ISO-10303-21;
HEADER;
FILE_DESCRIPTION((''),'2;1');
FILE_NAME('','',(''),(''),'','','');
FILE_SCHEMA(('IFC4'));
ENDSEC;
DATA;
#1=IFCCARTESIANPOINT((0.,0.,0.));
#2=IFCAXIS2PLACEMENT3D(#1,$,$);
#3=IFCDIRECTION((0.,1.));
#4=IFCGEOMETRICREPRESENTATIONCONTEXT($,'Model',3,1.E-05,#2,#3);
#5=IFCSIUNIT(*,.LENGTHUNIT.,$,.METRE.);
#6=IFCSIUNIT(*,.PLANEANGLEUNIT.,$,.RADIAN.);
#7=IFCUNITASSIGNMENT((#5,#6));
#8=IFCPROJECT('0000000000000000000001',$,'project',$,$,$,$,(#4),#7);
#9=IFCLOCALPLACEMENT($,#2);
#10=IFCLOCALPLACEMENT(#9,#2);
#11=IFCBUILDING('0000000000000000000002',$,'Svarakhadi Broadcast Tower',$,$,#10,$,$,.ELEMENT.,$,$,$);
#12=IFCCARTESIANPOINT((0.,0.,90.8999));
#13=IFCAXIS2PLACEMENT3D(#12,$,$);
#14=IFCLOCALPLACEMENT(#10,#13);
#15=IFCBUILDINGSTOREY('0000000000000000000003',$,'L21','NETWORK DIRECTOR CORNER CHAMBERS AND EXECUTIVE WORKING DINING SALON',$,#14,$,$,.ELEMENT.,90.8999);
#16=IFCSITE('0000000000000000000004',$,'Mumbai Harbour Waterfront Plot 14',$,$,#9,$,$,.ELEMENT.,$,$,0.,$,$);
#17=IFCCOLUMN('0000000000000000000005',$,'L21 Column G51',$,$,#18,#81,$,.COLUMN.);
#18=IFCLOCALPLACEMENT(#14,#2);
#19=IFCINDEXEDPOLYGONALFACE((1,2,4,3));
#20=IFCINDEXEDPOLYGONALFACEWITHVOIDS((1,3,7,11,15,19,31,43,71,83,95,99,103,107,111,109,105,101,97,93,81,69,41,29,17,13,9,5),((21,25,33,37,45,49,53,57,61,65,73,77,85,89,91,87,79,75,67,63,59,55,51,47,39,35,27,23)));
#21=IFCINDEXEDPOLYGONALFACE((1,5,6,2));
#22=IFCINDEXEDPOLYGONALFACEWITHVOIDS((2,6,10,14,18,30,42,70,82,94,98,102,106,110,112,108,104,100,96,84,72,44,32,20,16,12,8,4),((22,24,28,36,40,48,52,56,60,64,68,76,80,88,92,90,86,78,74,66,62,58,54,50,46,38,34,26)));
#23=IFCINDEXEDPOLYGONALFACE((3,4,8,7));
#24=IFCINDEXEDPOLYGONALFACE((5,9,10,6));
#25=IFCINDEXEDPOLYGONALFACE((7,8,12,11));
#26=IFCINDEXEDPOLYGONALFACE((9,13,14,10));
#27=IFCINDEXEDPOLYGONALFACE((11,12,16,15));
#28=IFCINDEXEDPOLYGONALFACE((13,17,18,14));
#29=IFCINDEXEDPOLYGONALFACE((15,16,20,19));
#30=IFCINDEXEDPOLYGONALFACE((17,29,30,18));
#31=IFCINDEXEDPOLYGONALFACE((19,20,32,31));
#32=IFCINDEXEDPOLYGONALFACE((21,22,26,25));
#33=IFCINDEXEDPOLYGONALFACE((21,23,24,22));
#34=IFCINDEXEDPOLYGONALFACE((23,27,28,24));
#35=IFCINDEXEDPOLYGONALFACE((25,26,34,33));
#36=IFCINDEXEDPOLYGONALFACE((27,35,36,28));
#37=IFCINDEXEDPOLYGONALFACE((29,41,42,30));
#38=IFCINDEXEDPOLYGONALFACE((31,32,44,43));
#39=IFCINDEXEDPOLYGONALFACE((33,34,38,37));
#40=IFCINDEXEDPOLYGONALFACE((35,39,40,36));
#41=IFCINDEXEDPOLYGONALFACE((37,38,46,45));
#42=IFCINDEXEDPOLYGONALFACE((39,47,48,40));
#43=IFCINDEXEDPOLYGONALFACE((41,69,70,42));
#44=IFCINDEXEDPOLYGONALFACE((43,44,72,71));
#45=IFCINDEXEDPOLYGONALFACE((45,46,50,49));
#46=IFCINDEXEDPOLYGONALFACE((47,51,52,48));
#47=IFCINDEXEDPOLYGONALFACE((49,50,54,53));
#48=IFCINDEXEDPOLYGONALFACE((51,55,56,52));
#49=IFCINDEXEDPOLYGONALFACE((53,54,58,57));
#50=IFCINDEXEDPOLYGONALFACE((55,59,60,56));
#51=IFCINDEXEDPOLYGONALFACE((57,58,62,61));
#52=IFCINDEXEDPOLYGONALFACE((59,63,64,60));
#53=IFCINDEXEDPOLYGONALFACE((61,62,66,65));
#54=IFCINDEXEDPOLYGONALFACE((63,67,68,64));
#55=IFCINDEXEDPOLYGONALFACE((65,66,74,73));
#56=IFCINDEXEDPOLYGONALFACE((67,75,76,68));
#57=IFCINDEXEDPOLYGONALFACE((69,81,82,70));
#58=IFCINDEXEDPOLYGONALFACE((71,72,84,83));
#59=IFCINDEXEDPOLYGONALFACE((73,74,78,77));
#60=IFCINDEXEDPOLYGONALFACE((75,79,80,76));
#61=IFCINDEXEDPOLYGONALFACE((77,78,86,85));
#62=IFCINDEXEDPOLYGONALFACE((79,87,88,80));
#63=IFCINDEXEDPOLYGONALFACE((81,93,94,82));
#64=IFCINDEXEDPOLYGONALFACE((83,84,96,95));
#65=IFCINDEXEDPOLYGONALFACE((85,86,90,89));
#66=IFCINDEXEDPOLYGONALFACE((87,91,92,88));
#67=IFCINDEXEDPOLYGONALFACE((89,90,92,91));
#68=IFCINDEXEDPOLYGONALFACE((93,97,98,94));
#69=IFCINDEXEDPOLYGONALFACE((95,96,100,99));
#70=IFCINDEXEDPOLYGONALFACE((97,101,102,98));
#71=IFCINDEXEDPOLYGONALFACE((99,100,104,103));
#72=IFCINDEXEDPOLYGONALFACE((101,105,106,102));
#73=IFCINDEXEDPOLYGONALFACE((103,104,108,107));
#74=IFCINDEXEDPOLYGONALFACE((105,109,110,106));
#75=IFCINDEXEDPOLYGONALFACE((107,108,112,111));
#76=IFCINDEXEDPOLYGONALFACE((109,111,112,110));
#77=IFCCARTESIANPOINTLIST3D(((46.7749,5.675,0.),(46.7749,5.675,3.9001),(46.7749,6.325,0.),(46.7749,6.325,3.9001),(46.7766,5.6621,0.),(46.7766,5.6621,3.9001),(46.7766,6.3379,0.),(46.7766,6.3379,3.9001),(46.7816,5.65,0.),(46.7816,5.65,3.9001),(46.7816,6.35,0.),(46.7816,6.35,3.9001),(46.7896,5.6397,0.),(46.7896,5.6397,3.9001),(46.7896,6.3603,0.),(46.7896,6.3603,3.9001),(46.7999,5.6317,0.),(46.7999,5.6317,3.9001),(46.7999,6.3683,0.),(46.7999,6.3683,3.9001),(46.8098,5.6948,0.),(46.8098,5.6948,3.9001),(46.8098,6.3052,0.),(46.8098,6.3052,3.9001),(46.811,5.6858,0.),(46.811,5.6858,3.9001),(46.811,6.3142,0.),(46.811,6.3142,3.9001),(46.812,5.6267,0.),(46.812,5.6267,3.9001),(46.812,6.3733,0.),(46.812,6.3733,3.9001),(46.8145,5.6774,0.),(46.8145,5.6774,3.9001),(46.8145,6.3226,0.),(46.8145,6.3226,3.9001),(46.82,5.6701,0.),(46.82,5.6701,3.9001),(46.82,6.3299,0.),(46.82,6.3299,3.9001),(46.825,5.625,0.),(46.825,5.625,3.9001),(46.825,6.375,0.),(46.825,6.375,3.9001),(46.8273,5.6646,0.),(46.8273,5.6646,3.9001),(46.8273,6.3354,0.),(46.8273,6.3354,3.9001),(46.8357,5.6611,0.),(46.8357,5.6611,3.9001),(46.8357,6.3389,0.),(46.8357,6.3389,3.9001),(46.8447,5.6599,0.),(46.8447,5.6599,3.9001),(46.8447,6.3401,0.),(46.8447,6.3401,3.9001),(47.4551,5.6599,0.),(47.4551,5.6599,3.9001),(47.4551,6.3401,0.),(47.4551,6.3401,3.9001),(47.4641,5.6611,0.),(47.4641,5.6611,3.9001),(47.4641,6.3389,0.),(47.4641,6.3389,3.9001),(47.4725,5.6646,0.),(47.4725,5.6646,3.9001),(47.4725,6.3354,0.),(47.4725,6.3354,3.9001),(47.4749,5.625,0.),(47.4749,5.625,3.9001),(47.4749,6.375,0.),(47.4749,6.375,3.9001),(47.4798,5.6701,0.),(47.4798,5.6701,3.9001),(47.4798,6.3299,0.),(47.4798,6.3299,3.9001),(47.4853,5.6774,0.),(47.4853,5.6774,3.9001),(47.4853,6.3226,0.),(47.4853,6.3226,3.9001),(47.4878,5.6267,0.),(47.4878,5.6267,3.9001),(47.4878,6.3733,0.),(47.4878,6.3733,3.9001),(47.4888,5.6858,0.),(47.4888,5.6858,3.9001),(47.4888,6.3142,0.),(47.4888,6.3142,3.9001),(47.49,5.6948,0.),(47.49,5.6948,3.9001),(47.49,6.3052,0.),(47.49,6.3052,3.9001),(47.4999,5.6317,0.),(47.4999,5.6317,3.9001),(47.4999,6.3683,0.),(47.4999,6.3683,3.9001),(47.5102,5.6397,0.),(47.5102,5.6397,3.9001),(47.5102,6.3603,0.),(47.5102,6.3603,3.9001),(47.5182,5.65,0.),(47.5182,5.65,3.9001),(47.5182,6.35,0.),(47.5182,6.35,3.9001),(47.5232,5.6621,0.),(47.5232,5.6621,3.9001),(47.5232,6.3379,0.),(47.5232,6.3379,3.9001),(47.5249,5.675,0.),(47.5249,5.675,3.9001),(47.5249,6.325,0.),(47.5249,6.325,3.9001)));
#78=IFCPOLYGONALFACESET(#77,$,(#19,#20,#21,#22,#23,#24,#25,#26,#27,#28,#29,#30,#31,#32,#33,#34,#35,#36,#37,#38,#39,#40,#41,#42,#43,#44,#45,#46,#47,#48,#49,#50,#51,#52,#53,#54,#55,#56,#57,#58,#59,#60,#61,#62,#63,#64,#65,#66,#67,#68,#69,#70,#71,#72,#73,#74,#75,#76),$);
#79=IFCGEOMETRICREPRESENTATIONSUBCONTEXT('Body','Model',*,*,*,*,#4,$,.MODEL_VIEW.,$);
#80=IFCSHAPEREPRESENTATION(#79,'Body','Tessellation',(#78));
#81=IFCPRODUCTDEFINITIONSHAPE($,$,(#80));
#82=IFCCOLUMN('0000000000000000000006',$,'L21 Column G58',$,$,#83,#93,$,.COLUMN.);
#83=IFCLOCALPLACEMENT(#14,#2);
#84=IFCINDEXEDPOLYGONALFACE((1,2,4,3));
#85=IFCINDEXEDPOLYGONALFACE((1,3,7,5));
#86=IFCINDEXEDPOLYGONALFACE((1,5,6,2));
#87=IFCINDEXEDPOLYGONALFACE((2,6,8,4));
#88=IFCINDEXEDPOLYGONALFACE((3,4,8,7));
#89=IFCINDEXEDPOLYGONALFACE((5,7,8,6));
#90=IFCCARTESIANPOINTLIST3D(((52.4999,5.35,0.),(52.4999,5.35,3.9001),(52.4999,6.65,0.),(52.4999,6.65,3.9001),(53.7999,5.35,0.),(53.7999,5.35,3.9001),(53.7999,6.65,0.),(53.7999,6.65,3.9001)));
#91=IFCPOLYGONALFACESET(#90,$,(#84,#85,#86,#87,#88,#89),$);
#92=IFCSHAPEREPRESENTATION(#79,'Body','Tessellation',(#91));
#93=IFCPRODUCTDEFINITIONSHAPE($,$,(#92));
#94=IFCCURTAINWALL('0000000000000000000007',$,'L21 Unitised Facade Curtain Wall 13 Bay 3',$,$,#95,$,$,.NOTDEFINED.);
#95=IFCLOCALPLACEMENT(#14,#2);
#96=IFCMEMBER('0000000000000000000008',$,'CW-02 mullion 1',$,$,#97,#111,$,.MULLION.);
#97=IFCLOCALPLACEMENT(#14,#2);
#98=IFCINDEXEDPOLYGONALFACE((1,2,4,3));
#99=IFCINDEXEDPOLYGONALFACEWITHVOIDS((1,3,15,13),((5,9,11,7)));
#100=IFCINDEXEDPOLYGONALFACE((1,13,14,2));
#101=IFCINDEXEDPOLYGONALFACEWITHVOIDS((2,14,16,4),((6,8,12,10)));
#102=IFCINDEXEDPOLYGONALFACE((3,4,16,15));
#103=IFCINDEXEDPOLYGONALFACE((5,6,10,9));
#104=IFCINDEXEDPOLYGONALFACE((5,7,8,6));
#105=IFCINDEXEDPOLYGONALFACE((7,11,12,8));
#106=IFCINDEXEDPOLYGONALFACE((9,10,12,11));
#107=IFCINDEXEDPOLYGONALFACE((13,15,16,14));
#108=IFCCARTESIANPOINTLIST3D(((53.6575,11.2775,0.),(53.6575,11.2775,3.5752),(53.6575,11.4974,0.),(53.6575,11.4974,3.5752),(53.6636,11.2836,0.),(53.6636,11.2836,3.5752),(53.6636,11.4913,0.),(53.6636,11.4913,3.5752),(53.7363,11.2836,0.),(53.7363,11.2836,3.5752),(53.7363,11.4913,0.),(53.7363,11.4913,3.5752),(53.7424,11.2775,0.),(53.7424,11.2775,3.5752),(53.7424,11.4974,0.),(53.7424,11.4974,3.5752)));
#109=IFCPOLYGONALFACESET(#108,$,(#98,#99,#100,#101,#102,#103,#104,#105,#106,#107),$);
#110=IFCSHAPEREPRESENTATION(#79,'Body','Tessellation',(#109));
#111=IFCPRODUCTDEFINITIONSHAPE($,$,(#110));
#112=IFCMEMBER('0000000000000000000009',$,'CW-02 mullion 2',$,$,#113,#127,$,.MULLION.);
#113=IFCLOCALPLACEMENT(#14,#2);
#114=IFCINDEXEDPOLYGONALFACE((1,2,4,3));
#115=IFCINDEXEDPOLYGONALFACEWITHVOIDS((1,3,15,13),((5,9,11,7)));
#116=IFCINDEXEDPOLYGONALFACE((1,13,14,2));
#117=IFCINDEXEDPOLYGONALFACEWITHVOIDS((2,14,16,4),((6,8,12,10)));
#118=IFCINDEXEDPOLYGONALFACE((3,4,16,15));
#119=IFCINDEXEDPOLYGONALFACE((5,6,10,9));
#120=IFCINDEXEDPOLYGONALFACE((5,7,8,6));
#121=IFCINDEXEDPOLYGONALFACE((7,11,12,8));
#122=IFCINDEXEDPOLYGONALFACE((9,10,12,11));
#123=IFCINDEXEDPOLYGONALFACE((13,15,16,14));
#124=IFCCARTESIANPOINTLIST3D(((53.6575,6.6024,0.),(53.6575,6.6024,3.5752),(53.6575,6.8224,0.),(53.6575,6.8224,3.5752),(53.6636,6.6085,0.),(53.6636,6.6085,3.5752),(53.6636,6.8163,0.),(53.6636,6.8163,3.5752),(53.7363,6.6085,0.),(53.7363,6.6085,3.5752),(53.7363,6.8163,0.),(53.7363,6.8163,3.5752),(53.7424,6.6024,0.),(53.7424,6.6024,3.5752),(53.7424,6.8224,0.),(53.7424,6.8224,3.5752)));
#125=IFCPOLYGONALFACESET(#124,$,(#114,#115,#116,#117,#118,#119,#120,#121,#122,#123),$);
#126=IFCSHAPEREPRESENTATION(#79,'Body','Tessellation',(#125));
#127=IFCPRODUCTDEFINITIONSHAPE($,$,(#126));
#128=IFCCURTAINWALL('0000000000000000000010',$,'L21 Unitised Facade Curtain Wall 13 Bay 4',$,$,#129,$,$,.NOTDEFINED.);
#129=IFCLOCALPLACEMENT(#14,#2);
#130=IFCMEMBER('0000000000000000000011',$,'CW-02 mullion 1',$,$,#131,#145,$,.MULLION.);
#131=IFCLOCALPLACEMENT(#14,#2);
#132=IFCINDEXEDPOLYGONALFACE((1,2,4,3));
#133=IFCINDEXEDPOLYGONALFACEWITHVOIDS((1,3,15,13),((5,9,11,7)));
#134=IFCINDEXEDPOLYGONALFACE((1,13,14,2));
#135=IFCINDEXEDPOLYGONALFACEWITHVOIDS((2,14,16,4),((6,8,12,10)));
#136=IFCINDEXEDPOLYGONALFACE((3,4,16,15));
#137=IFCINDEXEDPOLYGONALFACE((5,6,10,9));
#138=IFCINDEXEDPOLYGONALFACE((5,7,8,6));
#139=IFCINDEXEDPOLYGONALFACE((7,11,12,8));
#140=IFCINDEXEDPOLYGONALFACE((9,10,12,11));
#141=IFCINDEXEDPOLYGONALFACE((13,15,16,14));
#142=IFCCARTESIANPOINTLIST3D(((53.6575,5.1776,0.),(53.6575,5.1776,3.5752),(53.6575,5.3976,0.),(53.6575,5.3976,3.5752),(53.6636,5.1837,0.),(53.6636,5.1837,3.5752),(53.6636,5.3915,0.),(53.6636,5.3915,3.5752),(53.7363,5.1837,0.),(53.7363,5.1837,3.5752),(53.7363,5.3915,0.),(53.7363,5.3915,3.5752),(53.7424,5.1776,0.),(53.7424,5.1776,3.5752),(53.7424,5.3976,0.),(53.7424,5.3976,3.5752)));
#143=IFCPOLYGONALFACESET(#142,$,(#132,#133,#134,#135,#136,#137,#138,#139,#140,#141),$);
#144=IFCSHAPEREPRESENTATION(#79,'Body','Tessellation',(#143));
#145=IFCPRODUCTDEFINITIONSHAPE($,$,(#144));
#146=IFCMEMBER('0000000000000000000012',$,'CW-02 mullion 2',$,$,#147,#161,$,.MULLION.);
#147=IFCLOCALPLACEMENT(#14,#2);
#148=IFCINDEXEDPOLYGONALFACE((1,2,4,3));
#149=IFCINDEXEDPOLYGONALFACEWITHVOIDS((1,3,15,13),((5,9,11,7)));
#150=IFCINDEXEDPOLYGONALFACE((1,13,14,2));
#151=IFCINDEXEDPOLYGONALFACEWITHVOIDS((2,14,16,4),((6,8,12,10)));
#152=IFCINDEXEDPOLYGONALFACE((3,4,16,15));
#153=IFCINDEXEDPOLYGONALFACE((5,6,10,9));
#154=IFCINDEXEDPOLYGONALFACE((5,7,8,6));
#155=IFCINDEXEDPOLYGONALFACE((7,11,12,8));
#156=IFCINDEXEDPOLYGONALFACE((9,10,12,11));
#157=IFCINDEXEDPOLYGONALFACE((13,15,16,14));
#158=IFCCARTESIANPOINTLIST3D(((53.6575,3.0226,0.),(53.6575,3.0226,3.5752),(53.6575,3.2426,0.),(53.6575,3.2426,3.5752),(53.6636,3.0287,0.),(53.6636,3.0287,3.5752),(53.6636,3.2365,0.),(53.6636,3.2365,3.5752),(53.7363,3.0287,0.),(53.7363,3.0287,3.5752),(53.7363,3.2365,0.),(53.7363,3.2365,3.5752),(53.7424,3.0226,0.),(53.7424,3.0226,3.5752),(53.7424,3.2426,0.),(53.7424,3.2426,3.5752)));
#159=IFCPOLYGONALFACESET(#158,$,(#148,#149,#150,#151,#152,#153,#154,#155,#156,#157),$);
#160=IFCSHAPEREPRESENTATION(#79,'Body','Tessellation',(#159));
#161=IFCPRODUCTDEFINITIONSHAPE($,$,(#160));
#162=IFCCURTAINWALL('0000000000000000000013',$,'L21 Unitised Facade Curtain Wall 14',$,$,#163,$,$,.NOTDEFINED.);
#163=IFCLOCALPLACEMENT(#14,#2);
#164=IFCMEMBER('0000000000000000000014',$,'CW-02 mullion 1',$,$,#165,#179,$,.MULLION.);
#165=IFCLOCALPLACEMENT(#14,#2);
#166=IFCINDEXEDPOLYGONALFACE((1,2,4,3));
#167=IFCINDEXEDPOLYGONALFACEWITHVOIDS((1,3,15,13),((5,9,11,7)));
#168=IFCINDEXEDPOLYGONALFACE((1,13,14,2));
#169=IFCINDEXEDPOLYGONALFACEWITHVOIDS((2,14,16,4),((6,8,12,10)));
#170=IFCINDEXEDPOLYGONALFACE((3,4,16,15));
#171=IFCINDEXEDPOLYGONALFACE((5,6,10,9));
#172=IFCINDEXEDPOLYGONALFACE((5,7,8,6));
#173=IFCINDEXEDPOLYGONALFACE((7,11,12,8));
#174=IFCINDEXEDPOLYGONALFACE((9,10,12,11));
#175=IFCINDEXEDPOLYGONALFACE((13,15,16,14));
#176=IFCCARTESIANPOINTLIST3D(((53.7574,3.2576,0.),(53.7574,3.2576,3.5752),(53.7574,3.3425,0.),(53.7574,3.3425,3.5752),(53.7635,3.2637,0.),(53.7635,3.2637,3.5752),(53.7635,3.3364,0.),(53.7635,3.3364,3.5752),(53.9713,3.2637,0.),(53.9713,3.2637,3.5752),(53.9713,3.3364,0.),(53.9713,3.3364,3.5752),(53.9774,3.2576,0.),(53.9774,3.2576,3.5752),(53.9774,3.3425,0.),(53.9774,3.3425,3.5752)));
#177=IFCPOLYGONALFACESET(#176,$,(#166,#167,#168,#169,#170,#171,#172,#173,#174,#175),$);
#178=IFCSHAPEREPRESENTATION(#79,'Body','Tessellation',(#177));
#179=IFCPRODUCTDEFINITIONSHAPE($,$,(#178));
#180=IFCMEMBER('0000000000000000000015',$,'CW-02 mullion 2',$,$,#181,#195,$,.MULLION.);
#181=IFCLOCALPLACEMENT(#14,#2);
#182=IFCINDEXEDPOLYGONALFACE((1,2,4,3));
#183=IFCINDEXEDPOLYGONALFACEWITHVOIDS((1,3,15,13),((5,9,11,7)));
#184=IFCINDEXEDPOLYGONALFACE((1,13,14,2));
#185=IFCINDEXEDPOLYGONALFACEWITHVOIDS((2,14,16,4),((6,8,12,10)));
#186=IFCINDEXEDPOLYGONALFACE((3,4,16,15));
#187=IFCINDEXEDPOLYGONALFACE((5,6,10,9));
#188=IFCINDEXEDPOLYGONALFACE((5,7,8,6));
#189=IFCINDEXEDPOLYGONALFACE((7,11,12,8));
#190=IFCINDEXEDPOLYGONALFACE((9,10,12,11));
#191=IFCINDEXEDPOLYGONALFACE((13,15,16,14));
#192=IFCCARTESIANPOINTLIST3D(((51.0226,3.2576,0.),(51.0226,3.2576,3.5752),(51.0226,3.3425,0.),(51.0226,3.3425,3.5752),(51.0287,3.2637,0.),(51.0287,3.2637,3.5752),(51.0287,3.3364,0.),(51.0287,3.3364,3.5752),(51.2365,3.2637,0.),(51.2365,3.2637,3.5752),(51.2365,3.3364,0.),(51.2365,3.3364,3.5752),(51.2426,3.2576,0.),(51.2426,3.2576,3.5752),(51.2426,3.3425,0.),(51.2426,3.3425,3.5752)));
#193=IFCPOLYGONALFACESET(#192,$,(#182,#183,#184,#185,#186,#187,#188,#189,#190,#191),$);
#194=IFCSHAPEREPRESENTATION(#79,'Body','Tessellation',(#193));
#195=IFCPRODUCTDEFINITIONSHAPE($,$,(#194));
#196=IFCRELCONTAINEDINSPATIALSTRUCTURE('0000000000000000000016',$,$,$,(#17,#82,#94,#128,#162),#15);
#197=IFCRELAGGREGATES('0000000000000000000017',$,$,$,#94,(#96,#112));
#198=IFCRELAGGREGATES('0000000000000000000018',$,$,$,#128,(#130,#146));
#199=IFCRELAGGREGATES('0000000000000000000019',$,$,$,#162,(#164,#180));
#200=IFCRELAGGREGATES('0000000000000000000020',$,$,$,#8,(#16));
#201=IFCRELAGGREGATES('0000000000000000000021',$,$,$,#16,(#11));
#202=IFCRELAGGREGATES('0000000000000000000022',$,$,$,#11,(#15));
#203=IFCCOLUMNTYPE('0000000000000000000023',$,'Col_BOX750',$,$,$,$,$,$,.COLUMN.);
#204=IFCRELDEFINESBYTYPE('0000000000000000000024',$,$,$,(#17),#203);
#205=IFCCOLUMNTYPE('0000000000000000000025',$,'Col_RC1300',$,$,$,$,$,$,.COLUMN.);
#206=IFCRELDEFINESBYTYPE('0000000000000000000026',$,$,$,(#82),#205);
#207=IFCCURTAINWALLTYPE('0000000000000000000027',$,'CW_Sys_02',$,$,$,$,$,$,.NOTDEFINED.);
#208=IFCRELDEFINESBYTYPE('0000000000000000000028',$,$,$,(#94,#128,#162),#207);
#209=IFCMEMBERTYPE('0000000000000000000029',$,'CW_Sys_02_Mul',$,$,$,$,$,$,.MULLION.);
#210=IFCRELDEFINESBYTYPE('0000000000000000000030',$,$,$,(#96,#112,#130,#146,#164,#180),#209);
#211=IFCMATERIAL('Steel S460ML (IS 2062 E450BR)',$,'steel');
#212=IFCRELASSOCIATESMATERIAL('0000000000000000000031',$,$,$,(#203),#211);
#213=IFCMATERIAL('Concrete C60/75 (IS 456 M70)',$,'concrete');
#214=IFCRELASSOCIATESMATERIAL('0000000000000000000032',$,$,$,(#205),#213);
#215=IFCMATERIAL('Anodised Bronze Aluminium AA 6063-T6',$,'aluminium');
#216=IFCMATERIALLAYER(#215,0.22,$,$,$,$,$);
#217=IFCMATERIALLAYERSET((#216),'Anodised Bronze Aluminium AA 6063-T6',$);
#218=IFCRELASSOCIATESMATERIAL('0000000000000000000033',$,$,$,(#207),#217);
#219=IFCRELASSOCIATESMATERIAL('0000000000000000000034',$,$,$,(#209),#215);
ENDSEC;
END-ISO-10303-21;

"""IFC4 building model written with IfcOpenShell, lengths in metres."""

from ifc_helpers import new_model, si_unit, direction, frame, origin, origin_2d, place, context, subcontext, project, spatial, rectangle, hollow_rectangle, extrude, material, layer, layer_set, material_profile, profile_set, type_object, element, aggregate, save


model = new_model("IFC4")

# Units and contexts
model_context = context("Model", 3, precision=1e-05, world=origin(), true_north=direction((0.0, 1.0)))
body_context = subcontext(model_context, "Body", "Model", "MODEL_VIEW")
ifc_project = project(units=[si_unit("LENGTHUNIT", "METRE"), si_unit("PLANEANGLEUNIT", "RADIAN")], contexts=[model_context])

# Site, building, storey
site_placement = place(None, origin())
site = spatial("IfcSite", under=ifc_project, at=site_placement, Name="Mumbai Harbour Waterfront Plot 14", CompositionType="ELEMENT", RefElevation=0.0)
building_placement = place(site_placement, origin())
building = spatial("IfcBuilding", under=site, at=building_placement, Name="Svarakhadi Broadcast Tower", CompositionType="ELEMENT")
storey_placement = place(building_placement, frame((0.0, 0.0, 90.8999)))
storey = spatial("IfcBuildingStorey", under=building, at=storey_placement, Name="L21", Description="NETWORK DIRECTOR CORNER CHAMBERS AND EXECUTIVE WORKING DINING SALON", CompositionType="ELEMENT", Elevation=90.8999)

# Columns
ifc_material_1 = material(Name="Steel S460ML (IS 2062 E450BR)", Category="steel")
ifc_material_profile_1 = material_profile(ifc_material_1, hollow_rectangle(XDim=0.75, YDim=0.75, WallThickness=0.0349, InnerFilletRadius=0.0349, OuterFilletRadius=0.05, at=origin_2d()), Name="BOX 750x750x35")
ifc_profile_set_1 = profile_set([ifc_material_profile_1], Name="Steel S460ML (IS 2062 E450BR)")
column_type_1 = type_object("IfcColumnType", Name="Col_BOX750", PredefinedType="COLUMN", material=ifc_profile_set_1)
column_1_placement = place(storey_placement, frame((47.1499, 6.0, 0.0), z_axis=(0.0, 0.0, 1.0), x_axis=(1.0, 0.0, 0.0)))
element("IfcColumn", 1, at=column_1_placement, inside=storey, type_object=column_type_1, Name="L21 Column G51", PredefinedType="COLUMN", context=body_context, shape_type="SweptSolid", body=[
    extrude(hollow_rectangle(XDim=0.75, YDim=0.75, WallThickness=0.0349, InnerFilletRadius=0.0349, OuterFilletRadius=0.05, at=origin_2d()), origin(), (0.0, 0.0, 1.0), 3.9001),
])
ifc_material_2 = material(Name="Concrete C60/75 (IS 456 M70)", Category="concrete")
ifc_material_profile_2 = material_profile(ifc_material_2, rectangle(XDim=1.3, YDim=1.3, at=origin_2d()), Name="RC 1300x1300")
ifc_profile_set_2 = profile_set([ifc_material_profile_2], Name="Concrete C60/75 (IS 456 M70)")
column_type_2 = type_object("IfcColumnType", Name="Col_RC1300", PredefinedType="COLUMN", material=ifc_profile_set_2)
column_2_placement = place(storey_placement, frame((53.1499, 6.0, 0.0), z_axis=(0.0, 0.0, 1.0), x_axis=(1.0, 0.0, 0.0)))
element("IfcColumn", 2, at=column_2_placement, inside=storey, type_object=column_type_2, Name="L21 Column G58", PredefinedType="COLUMN", context=body_context, shape_type="SweptSolid", body=[
    extrude(rectangle(XDim=1.3, YDim=1.3, at=origin_2d()), origin(), (0.0, 0.0, 1.0), 3.9001),
])

# Curtain walls, members
ifc_material_3 = material(Name="Anodised Bronze Aluminium AA 6063-T6", Category="aluminium")
ifc_layer_1 = layer(ifc_material_3, 0.22)
ifc_layer_set_1 = layer_set([ifc_layer_1], Name="Anodised Bronze Aluminium AA 6063-T6")
curtain_wall_type = type_object("IfcCurtainWallType", Name="CW_Sys_02", PredefinedType="NOTDEFINED", material=ifc_layer_set_1)
curtain_wall_1_placement = place(storey_placement, origin())
curtain_wall_1 = element("IfcCurtainWall", 3, at=curtain_wall_1_placement, inside=storey, type_object=curtain_wall_type, Name="L21 Unitised Facade Curtain Wall 13 Bay 3", PredefinedType="NOTDEFINED")
ifc_material_profile_3 = material_profile(ifc_material_3, hollow_rectangle(XDim=0.085, YDim=0.22, WallThickness=0.0061, at=origin_2d()), Name="ALU MULLION 220x85x6")
ifc_profile_set_3 = profile_set([ifc_material_profile_3], Name="Anodised Bronze Aluminium AA 6063-T6")
member_type_1 = type_object("IfcMemberType", Name="CW_Sys_02_Mul", PredefinedType="MULLION", material=ifc_profile_set_3)
member_1_placement = place(storey_placement, frame((53.7, 11.3875, 0.0), z_axis=(0.0, 0.0, 1.0), x_axis=(1.0, 0.0, 0.0)))
member_1 = element("IfcMember", 4, at=member_1_placement, type_object=member_type_1, Name="CW-02 mullion 1", PredefinedType="MULLION", context=body_context, shape_type="SweptSolid", body=[
    extrude(hollow_rectangle(XDim=0.085, YDim=0.22, WallThickness=0.0061, at=origin_2d()), origin(), (0.0, 0.0, 1.0), 3.5752),
])
member_2_placement = place(storey_placement, frame((53.7, 6.7124, 0.0), z_axis=(0.0, 0.0, 1.0), x_axis=(1.0, 0.0, 0.0)))
member_2 = element("IfcMember", 5, at=member_2_placement, type_object=member_type_1, Name="CW-02 mullion 2", PredefinedType="MULLION", context=body_context, shape_type="SweptSolid", body=[
    extrude(hollow_rectangle(XDim=0.085, YDim=0.22, WallThickness=0.0061, at=origin_2d()), origin(), (0.0, 0.0, 1.0), 3.5752),
])
curtain_wall_2_placement = place(storey_placement, origin())
curtain_wall_2 = element("IfcCurtainWall", 6, at=curtain_wall_2_placement, inside=storey, type_object=curtain_wall_type, Name="L21 Unitised Facade Curtain Wall 13 Bay 4", PredefinedType="NOTDEFINED")
member_3_placement = place(storey_placement, frame((53.7, 5.2876, 0.0), z_axis=(0.0, 0.0, 1.0), x_axis=(1.0, 0.0, 0.0)))
member_3 = element("IfcMember", 7, at=member_3_placement, type_object=member_type_1, Name="CW-02 mullion 1", PredefinedType="MULLION", context=body_context, shape_type="SweptSolid", body=[
    extrude(hollow_rectangle(XDim=0.085, YDim=0.22, WallThickness=0.0061, at=origin_2d()), origin(), (0.0, 0.0, 1.0), 3.5752),
])
member_4_placement = place(storey_placement, frame((53.7, 3.1326, 0.0), z_axis=(0.0, 0.0, 1.0), x_axis=(1.0, 0.0, 0.0)))
member_4 = element("IfcMember", 8, at=member_4_placement, type_object=member_type_1, Name="CW-02 mullion 2", PredefinedType="MULLION", context=body_context, shape_type="SweptSolid", body=[
    extrude(hollow_rectangle(XDim=0.085, YDim=0.22, WallThickness=0.0061, at=origin_2d()), origin(), (0.0, 0.0, 1.0), 3.5752),
])
curtain_wall_3_placement = place(storey_placement, origin())
curtain_wall_3 = element("IfcCurtainWall", 9, at=curtain_wall_3_placement, inside=storey, type_object=curtain_wall_type, Name="L21 Unitised Facade Curtain Wall 14", PredefinedType="NOTDEFINED")
member_5_placement = place(storey_placement, frame((53.8674, 3.3, 0.0), z_axis=(0.0, 0.0, 1.0), x_axis=(0.0, -1.0, 0.0)))
member_5 = element("IfcMember", 10, at=member_5_placement, type_object=member_type_1, Name="CW-02 mullion 1", PredefinedType="MULLION", context=body_context, shape_type="SweptSolid", body=[
    extrude(hollow_rectangle(XDim=0.085, YDim=0.22, WallThickness=0.0061, at=origin_2d()), origin(), (0.0, 0.0, 1.0), 3.5752),
])
member_6_placement = place(storey_placement, frame((51.1326, 3.3, 0.0), z_axis=(0.0, 0.0, 1.0), x_axis=(0.0, -1.0, 0.0)))
member_6 = element("IfcMember", 11, at=member_6_placement, type_object=member_type_1, Name="CW-02 mullion 2", PredefinedType="MULLION", context=body_context, shape_type="SweptSolid", body=[
    extrude(hollow_rectangle(XDim=0.085, YDim=0.22, WallThickness=0.0061, at=origin_2d()), origin(), (0.0, 0.0, 1.0), 3.5752),
])

aggregate(curtain_wall_1, [member_1, member_2])
aggregate(curtain_wall_2, [member_3, member_4])
aggregate(curtain_wall_3, [member_5, member_6])

save(model, "model.ifc")
